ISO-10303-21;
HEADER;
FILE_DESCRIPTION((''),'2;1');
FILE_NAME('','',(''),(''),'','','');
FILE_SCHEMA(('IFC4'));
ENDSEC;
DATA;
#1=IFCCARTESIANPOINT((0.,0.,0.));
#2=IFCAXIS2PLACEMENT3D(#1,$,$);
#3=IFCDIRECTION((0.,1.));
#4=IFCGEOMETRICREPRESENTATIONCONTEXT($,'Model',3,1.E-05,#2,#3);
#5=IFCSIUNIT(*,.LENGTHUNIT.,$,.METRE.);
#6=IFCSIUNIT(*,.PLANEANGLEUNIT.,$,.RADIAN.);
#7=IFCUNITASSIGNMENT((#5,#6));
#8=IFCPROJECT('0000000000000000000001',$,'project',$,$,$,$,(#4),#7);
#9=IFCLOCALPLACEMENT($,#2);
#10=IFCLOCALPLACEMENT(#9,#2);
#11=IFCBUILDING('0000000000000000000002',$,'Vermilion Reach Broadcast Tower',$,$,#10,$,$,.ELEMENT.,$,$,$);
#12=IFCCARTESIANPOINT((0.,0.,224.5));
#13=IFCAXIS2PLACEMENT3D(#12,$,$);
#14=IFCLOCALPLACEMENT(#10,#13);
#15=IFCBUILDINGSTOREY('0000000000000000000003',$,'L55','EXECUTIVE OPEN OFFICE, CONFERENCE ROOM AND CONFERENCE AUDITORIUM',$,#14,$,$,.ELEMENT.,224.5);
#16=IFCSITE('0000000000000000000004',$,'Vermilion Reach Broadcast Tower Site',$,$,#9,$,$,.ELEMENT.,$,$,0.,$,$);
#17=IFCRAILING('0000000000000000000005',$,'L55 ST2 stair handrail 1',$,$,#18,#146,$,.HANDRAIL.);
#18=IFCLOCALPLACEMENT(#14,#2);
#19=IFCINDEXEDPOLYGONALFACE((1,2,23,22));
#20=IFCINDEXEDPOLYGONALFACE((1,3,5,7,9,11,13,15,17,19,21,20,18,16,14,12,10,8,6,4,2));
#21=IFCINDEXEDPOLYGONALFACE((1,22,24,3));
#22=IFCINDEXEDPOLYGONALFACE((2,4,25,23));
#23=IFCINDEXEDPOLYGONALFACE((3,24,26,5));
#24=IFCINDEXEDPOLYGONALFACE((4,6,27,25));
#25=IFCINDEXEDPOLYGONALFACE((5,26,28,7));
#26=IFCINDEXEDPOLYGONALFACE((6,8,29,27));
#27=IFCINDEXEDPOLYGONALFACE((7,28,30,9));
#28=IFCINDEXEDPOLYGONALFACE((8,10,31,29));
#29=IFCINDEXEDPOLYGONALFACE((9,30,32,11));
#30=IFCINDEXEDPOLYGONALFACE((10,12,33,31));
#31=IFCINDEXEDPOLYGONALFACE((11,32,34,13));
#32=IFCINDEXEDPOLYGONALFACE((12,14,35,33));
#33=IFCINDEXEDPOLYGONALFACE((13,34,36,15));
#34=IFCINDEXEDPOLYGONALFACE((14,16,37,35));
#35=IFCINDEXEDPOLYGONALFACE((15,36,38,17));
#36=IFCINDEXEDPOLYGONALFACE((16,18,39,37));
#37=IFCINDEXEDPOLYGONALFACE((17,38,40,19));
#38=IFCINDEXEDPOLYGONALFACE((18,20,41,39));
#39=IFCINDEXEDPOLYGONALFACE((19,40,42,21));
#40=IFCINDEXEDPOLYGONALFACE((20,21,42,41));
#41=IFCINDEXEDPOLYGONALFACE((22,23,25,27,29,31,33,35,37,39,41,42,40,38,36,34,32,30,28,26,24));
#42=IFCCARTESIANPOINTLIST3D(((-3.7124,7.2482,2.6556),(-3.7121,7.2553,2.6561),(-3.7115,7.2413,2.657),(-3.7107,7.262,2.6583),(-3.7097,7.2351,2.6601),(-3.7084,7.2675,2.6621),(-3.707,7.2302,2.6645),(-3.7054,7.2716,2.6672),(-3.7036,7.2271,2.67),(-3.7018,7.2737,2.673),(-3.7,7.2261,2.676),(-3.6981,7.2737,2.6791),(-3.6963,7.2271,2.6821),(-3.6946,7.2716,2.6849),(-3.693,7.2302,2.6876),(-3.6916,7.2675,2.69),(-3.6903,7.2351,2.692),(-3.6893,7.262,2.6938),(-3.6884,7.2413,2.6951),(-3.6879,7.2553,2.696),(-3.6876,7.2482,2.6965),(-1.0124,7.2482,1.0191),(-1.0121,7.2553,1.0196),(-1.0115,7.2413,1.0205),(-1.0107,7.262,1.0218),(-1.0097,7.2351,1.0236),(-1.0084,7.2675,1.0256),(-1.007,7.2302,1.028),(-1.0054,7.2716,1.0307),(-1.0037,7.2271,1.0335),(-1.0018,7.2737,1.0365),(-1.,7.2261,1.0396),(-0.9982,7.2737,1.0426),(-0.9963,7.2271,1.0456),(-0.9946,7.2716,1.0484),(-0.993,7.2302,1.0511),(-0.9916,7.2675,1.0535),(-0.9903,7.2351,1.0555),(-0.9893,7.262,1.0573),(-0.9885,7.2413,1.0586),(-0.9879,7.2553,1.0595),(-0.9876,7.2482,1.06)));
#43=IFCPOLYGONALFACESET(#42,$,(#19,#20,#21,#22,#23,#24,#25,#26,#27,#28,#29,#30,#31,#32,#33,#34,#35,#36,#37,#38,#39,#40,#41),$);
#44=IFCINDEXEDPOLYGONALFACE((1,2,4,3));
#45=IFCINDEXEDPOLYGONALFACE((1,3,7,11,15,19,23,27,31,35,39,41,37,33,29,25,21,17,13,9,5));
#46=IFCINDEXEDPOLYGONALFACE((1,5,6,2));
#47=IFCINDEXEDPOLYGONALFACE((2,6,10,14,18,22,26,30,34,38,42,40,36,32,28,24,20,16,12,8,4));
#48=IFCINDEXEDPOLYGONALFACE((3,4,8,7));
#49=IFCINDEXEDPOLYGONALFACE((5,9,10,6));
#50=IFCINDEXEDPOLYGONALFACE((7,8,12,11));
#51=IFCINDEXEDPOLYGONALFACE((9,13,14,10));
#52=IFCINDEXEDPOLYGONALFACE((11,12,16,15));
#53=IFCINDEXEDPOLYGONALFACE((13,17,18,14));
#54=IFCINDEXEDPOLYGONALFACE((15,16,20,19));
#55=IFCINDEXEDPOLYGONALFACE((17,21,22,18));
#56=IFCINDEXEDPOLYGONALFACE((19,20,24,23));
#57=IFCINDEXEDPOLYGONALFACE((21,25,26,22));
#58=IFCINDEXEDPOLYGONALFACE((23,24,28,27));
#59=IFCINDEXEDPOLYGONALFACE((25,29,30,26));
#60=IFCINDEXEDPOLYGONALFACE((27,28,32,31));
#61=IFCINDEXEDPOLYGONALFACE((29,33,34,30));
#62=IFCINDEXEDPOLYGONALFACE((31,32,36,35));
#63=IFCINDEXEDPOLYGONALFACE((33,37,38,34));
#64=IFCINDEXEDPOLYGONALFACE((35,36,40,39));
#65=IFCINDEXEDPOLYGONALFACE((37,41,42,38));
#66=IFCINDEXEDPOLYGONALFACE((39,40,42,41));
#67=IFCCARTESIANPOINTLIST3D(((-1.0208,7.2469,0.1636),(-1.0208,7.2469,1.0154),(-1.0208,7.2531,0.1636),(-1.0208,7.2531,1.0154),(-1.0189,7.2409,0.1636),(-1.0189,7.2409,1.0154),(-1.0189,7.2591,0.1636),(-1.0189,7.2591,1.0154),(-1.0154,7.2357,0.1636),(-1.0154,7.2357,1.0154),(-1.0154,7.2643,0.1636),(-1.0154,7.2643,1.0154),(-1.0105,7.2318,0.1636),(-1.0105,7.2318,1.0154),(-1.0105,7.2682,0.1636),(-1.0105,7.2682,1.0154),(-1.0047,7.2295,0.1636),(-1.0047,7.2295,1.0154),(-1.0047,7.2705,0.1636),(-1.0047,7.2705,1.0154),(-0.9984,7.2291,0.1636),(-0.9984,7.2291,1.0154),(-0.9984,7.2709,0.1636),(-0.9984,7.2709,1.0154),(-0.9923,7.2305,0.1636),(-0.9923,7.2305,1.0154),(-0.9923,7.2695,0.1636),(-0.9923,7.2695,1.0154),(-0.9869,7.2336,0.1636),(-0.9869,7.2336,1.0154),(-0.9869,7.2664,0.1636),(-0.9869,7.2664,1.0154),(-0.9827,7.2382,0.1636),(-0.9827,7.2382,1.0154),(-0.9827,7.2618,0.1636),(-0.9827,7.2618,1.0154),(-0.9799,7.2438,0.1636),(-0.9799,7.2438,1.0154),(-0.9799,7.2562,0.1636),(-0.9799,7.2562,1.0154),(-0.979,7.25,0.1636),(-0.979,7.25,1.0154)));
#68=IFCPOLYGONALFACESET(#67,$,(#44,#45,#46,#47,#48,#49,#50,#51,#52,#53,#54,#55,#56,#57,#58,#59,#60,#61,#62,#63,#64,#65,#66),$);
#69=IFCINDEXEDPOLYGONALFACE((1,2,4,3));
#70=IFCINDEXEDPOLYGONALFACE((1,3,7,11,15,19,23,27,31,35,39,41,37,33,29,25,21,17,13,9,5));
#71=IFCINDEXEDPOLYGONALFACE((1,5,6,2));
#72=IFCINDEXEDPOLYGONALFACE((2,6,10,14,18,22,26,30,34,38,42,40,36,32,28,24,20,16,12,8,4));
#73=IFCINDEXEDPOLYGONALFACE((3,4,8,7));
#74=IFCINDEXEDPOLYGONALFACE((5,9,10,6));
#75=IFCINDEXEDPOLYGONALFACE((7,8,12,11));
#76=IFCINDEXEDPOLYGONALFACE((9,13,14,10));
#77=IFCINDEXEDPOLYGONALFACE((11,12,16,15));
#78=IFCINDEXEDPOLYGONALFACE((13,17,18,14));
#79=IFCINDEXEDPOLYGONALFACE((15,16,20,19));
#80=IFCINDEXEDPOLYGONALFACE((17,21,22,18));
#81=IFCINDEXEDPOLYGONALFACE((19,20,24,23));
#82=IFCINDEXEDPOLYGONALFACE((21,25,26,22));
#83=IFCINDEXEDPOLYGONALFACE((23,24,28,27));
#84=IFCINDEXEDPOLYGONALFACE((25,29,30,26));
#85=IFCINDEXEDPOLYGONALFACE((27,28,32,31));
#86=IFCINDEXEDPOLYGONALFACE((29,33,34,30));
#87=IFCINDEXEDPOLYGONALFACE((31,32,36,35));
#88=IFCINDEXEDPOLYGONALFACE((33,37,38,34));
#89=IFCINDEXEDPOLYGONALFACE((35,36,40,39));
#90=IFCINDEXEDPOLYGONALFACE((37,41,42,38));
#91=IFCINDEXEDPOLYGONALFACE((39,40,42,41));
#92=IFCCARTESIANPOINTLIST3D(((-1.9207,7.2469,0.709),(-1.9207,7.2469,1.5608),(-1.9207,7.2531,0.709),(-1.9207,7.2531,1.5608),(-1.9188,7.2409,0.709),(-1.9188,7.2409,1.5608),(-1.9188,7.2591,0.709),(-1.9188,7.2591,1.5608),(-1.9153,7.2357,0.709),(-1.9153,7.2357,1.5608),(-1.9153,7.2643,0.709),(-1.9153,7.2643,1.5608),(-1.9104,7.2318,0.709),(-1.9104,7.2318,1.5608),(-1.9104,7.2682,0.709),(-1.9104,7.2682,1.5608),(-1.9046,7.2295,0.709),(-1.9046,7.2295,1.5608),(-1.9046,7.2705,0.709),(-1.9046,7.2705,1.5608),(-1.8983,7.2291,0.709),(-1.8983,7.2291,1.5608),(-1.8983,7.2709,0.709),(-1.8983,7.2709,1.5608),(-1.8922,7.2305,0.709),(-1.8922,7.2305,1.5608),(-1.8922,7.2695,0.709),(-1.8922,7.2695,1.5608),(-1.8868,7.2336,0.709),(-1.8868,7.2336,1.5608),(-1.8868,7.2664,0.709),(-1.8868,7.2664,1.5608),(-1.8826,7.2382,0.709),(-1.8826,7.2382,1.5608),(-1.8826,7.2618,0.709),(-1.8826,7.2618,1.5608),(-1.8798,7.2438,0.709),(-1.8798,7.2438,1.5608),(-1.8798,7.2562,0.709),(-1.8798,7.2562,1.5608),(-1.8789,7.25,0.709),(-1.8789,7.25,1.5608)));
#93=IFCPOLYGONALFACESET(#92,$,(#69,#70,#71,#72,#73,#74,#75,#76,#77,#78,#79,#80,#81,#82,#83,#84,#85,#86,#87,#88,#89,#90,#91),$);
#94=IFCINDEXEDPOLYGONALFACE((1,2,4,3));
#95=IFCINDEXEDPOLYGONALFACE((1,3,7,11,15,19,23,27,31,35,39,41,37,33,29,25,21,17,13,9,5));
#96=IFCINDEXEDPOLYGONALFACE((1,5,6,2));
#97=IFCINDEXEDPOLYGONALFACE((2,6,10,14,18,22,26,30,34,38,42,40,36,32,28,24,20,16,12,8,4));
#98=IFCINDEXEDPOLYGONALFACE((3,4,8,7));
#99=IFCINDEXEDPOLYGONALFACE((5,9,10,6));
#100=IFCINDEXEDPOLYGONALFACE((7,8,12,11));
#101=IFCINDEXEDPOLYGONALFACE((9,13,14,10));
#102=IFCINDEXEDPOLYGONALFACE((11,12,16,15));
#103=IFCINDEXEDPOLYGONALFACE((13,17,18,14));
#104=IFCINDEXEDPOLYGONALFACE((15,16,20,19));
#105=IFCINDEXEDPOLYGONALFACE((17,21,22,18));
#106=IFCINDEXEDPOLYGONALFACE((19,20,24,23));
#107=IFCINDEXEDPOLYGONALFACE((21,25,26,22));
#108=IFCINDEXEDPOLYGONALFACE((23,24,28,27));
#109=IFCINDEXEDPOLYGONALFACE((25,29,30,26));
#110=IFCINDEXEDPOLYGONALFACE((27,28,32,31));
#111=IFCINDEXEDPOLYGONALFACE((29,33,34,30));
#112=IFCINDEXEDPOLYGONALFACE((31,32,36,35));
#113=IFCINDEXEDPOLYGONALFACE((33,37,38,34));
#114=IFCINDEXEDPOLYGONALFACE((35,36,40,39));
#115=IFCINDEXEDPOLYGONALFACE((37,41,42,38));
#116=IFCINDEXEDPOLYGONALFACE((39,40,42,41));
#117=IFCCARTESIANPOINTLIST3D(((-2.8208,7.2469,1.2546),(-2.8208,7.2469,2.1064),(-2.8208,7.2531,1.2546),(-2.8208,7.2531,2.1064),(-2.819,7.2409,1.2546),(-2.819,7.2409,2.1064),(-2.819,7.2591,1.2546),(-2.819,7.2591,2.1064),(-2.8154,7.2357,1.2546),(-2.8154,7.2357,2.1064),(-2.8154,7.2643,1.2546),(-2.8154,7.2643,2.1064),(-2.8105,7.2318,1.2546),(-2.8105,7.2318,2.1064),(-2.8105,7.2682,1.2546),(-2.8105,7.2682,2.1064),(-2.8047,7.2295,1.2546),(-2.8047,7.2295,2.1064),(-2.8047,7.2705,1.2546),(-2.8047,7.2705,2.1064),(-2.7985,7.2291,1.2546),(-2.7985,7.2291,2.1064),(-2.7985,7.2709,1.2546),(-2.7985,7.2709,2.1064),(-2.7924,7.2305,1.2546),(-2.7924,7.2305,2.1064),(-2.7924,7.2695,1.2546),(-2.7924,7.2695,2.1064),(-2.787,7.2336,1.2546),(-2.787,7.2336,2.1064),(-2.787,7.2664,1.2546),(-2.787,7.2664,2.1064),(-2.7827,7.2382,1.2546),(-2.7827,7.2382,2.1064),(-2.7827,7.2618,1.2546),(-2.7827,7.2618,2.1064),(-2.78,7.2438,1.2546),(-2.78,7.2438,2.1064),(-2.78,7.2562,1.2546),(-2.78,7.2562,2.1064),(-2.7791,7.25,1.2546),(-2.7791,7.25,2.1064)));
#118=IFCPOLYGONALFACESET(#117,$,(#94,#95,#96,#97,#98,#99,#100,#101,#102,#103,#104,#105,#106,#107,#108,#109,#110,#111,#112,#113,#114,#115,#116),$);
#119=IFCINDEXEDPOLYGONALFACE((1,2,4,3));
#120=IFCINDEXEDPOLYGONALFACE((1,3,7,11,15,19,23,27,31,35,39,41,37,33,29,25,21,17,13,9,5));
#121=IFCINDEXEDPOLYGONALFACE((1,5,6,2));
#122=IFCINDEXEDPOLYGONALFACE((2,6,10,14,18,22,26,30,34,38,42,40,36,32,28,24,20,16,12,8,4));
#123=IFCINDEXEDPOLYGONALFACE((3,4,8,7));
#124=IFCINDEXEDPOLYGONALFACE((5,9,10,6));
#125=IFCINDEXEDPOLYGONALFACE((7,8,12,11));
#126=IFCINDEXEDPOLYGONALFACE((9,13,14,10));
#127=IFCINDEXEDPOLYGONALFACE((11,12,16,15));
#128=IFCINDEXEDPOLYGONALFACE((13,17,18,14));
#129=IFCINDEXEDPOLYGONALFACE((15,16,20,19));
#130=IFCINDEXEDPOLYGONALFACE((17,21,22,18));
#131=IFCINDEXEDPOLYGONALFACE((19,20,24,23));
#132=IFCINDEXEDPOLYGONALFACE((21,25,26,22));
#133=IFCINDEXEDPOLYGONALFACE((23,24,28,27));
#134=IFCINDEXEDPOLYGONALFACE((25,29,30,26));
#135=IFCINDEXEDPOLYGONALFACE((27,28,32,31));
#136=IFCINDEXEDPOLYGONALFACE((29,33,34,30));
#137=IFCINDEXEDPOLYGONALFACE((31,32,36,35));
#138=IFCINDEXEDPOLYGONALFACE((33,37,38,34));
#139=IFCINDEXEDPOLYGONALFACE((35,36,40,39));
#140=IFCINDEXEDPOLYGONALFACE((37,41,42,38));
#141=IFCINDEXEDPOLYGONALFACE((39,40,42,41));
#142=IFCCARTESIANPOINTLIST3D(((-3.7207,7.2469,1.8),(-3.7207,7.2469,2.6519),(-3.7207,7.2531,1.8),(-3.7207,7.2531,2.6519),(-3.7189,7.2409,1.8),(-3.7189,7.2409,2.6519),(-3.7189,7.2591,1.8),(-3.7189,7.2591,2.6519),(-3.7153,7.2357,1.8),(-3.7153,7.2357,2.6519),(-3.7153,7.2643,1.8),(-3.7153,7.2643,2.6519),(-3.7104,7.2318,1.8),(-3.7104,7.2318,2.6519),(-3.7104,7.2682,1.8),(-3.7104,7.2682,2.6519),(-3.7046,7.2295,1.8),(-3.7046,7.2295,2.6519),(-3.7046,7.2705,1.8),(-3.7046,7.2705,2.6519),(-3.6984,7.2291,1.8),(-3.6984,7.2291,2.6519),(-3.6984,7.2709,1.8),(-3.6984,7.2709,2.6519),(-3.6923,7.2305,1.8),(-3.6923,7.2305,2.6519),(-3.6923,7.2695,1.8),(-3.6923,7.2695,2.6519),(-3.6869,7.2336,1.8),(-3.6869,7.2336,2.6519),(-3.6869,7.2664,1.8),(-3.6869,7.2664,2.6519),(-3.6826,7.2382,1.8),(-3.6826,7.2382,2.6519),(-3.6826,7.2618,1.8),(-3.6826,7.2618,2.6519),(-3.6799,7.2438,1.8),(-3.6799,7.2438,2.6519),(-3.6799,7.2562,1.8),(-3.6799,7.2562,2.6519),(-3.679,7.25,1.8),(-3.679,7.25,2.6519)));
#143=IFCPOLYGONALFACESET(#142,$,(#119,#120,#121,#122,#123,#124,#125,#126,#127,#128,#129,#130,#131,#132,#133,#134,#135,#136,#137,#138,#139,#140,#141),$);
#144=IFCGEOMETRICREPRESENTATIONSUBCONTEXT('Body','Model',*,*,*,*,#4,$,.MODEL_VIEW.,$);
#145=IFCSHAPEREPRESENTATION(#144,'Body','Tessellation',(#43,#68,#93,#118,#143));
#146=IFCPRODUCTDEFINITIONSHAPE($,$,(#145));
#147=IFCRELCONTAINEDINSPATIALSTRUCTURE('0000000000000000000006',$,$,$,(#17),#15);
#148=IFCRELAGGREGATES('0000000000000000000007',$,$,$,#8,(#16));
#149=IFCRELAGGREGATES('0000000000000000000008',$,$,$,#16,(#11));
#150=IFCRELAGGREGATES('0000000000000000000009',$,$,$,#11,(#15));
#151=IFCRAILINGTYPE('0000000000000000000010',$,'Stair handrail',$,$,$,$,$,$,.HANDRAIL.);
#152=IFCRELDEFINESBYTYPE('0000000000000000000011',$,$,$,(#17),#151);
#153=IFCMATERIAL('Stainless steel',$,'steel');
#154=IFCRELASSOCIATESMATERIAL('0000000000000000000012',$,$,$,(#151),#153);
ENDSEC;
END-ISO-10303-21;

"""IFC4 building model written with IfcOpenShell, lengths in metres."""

from ifc_helpers import new_model, si_unit, direction, frame, origin, origin_2d, place, context, subcontext, project, spatial, circle, extrude, material, type_object, element, save


model = new_model("IFC4")

# Units and contexts
model_context = context("Model", 3, precision=1e-05, world=origin(), true_north=direction((0.0, 1.0)))
body_context = subcontext(model_context, "Body", "Model", "MODEL_VIEW")
ifc_project = project(units=[si_unit("LENGTHUNIT", "METRE"), si_unit("PLANEANGLEUNIT", "RADIAN")], contexts=[model_context])

# Site, building, storey
site_placement = place(None, origin())
site = spatial("IfcSite", under=ifc_project, at=site_placement, Name="Vermilion Reach Broadcast Tower Site", CompositionType="ELEMENT", RefElevation=0.0)
building_placement = place(site_placement, origin())
building = spatial("IfcBuilding", under=site, at=building_placement, Name="Vermilion Reach Broadcast Tower", CompositionType="ELEMENT")
storey_placement = place(building_placement, frame((0.0, 0.0, 224.5)))
storey = spatial("IfcBuildingStorey", under=building, at=storey_placement, Name="L55", Description="EXECUTIVE OPEN OFFICE, CONFERENCE ROOM AND CONFERENCE AUDITORIUM", CompositionType="ELEMENT", Elevation=224.5)

# Railing
ifc_material_1 = material(Name="Stainless steel", Category="steel")
railing_type_1 = type_object("IfcRailingType", Name="Stair handrail", PredefinedType="HANDRAIL", material=ifc_material_1)
railing_1_placement = place(storey_placement, frame((-1.0, 7.25, 0.1636)))
element("IfcRailing", 1, at=railing_1_placement, inside=storey, type_object=railing_type_1, Name="L55 ST2 stair handrail 1", PredefinedType="HANDRAIL", context=body_context, shape_type="SweptSolid", body=[
    extrude(circle(Radius=0.0239, at=origin_2d()), frame((0.0, 0.0, 0.876), z_axis=(-0.855178, 0.0, 0.518334), x_axis=(0.0, -1.0, 0.0)), (0.0, 0.0, 1.0), 3.1572),
    extrude(circle(Radius=0.021, at=origin_2d()), origin(), (0.0, 0.0, 1.0), 0.8518),
    extrude(circle(Radius=0.021, at=origin_2d()), frame((-0.8999, 0.0, 0.5454)), (0.0, 0.0, 1.0), 0.8518),
    extrude(circle(Radius=0.021, at=origin_2d()), frame((-1.8, 0.0, 1.0911)), (0.0, 0.0, 1.0), 0.8518),
    extrude(circle(Radius=0.021, at=origin_2d()), frame((-2.7, 0.0, 1.6365)), (0.0, 0.0, 1.0), 0.8518),
])

save(model, "model.ifc")
